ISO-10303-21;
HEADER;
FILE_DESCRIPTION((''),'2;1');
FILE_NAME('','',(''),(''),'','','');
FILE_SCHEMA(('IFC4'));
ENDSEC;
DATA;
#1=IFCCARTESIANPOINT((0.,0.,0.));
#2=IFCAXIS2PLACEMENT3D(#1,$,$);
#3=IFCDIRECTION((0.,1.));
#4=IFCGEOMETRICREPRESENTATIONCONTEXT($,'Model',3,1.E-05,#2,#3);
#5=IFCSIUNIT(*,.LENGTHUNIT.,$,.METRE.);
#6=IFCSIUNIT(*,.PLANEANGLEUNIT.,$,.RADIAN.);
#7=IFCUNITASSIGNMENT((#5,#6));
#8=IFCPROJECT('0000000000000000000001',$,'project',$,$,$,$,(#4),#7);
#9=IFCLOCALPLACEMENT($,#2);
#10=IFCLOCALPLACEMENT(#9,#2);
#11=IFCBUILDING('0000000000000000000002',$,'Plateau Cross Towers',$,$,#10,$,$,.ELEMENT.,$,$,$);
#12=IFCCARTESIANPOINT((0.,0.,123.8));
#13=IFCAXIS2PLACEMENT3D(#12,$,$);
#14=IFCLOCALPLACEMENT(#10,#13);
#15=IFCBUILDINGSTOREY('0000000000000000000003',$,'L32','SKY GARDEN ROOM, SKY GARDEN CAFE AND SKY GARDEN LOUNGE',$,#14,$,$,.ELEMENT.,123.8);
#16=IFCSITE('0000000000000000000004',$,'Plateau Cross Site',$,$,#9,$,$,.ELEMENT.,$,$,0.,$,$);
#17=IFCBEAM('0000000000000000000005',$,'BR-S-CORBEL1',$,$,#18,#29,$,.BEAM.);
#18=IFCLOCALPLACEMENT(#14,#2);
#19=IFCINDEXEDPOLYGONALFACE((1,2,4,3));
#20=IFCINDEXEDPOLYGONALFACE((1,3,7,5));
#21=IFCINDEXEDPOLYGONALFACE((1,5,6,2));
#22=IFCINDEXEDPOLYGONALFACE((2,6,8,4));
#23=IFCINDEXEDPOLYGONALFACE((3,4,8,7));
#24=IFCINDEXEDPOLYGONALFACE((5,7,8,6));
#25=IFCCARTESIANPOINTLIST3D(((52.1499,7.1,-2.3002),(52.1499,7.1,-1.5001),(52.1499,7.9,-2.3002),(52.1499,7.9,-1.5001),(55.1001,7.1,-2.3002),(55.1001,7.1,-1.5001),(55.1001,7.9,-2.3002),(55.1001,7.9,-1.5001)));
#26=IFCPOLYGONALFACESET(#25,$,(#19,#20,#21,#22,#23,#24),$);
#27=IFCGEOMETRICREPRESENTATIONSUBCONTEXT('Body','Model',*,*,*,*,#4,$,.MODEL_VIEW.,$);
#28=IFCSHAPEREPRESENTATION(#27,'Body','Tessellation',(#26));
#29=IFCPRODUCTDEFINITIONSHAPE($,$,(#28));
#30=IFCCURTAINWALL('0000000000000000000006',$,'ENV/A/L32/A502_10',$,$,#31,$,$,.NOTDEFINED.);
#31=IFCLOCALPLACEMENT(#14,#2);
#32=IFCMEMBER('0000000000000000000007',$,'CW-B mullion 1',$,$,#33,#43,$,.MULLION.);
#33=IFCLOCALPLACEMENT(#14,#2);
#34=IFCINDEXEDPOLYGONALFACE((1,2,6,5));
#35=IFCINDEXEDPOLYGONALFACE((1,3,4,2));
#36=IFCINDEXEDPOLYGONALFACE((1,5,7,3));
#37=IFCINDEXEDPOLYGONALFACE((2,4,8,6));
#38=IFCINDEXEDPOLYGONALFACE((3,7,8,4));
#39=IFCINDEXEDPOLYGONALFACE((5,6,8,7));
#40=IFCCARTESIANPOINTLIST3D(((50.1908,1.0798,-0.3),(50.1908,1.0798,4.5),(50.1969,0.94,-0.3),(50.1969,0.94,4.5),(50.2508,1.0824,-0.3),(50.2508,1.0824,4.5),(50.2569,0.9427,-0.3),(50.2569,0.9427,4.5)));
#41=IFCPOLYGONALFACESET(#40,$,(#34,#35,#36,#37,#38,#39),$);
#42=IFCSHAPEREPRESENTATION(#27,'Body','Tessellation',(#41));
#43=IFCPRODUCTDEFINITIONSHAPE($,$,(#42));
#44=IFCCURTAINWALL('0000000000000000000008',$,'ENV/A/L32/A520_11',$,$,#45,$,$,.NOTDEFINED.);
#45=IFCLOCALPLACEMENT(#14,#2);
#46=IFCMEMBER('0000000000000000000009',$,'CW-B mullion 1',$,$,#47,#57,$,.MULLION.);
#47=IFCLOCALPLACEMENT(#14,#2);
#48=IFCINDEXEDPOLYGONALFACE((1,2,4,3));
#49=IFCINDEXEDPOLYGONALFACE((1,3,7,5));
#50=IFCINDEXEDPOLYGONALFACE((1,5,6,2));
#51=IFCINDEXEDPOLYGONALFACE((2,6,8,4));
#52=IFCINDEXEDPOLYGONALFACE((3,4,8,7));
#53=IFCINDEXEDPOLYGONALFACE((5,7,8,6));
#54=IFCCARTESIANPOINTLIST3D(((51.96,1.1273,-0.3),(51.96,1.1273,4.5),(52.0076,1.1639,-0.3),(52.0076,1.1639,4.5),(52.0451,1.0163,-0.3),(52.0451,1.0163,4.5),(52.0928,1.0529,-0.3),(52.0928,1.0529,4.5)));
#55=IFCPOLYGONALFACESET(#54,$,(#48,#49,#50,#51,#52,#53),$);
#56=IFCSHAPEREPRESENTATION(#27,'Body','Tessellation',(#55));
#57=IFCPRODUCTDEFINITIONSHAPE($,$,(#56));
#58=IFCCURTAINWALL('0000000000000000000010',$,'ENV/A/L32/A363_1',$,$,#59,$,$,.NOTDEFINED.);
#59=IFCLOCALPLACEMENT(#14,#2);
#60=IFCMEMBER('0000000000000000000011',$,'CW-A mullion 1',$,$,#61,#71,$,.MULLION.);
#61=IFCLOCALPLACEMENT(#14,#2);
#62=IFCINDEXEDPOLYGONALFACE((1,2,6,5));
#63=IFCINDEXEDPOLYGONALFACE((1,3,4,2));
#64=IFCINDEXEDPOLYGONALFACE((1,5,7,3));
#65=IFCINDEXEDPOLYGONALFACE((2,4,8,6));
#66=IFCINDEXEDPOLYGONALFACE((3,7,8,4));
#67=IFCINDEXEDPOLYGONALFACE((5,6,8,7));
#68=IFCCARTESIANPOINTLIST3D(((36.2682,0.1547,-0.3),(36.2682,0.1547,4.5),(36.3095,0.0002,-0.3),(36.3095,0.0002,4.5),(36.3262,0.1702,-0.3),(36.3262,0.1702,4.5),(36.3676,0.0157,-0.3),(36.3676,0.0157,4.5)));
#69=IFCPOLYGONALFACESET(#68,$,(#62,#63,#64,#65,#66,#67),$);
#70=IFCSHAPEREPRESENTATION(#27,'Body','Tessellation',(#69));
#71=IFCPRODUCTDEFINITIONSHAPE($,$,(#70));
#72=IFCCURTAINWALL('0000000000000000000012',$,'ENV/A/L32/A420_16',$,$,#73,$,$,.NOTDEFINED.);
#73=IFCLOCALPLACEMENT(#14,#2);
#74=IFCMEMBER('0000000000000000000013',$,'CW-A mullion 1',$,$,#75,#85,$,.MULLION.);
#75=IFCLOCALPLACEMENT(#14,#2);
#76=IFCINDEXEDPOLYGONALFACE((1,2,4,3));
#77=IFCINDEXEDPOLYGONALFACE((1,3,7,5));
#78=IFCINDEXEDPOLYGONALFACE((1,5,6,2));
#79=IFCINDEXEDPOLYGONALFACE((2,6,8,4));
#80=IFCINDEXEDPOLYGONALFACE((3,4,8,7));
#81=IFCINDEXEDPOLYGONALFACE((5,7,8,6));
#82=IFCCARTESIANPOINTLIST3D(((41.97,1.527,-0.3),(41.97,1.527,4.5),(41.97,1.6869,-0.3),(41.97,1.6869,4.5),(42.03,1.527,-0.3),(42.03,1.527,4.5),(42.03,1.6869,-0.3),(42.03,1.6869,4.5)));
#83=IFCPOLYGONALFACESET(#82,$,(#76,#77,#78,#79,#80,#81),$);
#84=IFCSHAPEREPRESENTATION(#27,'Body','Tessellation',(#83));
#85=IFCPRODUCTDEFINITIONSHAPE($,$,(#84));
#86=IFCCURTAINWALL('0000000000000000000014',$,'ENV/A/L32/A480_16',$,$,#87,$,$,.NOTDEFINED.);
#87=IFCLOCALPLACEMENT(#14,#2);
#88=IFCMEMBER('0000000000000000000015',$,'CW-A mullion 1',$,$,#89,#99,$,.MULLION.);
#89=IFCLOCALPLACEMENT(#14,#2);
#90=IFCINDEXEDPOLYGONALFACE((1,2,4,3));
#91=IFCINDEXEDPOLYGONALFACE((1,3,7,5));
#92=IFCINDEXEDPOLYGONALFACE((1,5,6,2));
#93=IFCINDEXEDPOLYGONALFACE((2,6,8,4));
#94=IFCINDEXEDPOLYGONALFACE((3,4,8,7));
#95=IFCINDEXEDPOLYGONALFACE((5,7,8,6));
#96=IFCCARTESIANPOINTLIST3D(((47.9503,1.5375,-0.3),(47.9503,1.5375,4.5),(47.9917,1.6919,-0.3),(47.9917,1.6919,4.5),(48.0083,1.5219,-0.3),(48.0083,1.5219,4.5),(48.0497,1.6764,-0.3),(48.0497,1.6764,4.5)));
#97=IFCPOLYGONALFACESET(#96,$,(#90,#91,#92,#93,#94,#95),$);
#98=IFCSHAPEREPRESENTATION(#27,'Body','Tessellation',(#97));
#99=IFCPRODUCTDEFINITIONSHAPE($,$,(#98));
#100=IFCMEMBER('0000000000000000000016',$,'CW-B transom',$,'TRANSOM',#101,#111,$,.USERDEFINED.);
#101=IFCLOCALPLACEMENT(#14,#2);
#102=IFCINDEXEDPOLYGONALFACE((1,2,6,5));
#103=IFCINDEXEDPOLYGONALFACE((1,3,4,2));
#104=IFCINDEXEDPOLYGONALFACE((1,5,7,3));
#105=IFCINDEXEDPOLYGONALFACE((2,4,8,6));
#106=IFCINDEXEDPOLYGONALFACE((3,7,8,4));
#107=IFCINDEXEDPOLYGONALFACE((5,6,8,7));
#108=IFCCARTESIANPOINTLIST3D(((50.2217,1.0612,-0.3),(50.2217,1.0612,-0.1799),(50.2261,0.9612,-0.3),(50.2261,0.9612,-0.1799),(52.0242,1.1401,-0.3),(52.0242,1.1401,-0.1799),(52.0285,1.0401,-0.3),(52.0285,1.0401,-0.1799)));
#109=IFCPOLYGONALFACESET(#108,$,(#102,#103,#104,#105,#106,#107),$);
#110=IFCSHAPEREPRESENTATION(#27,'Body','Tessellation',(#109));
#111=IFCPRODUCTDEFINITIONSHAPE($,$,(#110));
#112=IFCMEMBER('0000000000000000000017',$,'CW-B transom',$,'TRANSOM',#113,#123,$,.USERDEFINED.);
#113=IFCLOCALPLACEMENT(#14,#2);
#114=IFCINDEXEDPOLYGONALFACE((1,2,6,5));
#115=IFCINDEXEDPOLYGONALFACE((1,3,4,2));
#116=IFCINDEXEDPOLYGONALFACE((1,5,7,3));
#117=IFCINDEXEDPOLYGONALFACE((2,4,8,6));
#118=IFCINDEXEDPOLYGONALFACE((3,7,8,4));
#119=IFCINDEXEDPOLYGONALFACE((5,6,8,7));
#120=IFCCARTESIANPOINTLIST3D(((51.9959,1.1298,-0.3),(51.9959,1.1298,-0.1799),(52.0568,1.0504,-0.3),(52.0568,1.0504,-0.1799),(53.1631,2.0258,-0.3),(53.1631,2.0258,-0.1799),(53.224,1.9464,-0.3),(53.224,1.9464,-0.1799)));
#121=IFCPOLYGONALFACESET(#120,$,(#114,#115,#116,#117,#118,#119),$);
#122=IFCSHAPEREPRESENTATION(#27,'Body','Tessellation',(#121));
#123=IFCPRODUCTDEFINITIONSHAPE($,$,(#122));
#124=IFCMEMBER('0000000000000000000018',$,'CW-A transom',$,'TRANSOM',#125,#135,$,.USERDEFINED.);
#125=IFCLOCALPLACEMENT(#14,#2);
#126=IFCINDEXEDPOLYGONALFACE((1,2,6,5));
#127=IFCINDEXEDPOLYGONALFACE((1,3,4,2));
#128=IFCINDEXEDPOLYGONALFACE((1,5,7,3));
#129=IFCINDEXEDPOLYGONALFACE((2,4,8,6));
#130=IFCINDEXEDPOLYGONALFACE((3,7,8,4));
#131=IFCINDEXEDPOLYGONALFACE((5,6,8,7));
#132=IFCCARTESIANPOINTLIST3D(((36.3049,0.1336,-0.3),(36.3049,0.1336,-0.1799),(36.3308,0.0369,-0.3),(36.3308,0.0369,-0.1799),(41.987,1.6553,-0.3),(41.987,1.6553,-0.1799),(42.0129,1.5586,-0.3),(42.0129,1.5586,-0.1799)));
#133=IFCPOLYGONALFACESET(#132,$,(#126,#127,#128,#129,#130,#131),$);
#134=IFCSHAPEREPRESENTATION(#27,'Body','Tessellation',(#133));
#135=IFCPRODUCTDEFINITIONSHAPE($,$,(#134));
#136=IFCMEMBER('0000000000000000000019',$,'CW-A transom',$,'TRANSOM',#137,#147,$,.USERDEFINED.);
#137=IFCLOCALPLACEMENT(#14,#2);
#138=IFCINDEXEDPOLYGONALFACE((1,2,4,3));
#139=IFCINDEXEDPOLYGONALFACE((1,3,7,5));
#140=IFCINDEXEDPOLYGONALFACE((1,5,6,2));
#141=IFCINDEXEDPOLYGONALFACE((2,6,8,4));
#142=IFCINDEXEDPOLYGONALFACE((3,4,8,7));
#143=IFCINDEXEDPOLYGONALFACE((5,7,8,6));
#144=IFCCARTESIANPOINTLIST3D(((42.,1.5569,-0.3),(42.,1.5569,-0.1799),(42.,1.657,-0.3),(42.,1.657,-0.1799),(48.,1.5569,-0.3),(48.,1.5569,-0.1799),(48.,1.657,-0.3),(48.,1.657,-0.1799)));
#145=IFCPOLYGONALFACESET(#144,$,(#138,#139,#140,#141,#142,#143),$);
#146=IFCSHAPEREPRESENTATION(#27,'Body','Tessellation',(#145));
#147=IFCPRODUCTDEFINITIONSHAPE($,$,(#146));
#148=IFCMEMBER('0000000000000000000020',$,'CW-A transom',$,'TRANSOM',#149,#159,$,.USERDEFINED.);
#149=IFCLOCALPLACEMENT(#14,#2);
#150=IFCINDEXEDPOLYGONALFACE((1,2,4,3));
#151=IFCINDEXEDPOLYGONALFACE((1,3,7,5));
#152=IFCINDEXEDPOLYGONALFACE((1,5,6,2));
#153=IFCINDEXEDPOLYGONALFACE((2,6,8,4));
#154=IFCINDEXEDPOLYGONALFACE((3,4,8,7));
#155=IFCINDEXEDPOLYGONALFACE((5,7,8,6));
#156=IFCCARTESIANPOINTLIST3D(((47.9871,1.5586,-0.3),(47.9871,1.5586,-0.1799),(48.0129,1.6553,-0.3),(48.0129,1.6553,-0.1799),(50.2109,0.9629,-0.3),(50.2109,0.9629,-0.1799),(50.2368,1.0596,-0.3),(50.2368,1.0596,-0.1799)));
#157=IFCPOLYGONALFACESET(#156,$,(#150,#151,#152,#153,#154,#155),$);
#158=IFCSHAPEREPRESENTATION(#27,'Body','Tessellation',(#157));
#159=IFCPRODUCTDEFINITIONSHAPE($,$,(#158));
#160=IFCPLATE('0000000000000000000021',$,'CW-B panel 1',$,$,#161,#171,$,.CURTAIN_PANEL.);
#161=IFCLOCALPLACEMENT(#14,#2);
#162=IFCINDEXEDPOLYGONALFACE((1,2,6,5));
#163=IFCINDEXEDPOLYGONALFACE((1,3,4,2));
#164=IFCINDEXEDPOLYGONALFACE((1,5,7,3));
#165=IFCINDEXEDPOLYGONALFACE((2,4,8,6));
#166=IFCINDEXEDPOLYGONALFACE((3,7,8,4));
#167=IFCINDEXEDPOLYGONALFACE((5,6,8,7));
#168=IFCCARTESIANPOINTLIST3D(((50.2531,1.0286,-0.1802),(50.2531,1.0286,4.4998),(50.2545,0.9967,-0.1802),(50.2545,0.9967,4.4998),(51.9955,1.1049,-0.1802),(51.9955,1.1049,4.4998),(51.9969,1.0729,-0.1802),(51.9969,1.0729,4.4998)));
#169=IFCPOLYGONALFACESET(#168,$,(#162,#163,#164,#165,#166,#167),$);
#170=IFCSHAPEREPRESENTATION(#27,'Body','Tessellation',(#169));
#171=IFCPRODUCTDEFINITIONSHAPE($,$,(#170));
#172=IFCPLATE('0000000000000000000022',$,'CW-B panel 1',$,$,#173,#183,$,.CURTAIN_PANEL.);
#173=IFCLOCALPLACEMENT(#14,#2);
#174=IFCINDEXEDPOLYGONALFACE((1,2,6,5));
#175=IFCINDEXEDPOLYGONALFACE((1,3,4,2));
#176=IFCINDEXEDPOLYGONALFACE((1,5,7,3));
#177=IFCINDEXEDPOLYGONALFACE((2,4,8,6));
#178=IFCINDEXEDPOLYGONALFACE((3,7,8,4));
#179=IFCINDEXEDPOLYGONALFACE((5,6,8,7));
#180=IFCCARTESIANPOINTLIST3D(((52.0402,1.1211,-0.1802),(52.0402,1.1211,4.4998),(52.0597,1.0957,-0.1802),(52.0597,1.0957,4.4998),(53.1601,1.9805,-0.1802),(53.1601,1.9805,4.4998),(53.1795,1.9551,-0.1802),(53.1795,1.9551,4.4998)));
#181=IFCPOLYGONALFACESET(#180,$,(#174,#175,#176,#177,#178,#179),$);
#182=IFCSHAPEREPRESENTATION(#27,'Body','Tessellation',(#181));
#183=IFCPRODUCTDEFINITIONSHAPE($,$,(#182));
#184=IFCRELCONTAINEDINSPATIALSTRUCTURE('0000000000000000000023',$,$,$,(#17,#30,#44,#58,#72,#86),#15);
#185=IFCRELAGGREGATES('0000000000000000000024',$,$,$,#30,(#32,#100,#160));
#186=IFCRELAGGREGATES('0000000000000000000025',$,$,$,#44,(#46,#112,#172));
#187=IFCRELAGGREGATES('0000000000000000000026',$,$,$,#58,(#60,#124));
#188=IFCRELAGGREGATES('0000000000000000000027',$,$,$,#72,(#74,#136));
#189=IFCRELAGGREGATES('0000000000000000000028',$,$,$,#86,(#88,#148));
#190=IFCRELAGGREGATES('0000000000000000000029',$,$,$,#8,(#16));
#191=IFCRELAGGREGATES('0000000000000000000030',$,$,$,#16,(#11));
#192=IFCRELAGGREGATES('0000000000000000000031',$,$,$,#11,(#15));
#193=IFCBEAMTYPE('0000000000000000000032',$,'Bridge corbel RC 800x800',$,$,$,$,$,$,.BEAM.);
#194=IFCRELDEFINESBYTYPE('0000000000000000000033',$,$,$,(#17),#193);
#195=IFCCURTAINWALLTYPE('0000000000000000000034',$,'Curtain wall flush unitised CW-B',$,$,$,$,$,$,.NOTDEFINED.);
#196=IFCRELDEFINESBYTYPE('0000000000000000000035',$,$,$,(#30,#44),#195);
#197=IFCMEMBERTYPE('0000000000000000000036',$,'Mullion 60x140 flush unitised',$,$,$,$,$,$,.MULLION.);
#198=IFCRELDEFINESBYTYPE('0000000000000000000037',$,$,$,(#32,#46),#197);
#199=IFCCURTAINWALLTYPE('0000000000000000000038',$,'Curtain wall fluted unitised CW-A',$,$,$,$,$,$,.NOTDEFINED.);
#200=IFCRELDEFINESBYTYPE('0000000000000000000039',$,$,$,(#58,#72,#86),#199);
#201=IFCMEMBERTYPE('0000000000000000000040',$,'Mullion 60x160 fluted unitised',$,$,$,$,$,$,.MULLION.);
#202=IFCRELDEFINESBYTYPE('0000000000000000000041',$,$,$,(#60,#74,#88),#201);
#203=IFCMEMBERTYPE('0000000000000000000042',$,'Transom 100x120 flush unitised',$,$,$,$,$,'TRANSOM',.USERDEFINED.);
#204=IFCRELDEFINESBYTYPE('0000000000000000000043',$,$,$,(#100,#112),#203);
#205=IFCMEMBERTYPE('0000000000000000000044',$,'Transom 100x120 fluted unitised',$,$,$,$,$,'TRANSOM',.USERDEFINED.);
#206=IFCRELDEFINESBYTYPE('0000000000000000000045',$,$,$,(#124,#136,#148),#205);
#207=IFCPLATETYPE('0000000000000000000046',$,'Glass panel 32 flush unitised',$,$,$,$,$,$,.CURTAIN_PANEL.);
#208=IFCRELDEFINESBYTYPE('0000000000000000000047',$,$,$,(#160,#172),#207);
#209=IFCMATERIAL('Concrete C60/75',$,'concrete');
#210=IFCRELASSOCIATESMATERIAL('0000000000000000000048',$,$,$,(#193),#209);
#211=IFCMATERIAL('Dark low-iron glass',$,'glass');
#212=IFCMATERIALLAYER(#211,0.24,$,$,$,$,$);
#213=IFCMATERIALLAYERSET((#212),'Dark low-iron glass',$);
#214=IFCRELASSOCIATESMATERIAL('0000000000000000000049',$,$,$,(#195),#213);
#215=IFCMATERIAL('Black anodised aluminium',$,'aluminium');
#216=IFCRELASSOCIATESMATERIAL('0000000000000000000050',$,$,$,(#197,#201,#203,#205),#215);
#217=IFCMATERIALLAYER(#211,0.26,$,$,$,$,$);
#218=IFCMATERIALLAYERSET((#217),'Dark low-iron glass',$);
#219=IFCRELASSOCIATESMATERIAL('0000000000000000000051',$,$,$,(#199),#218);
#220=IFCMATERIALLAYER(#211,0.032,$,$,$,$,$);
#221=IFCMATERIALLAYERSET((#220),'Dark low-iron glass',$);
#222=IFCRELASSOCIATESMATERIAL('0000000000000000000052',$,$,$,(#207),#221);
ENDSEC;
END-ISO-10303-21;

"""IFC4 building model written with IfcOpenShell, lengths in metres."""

from ifc_helpers import new_model, si_unit, direction, frame, origin, origin_2d, place, context, subcontext, project, spatial, rectangle, extrude, material, layer, layer_set, material_profile, profile_set, type_object, element, aggregate, save


model = new_model("IFC4")

# Units and contexts
model_context = context("Model", 3, precision=1e-05, world=origin(), true_north=direction((0.0, 1.0)))
body_context = subcontext(model_context, "Body", "Model", "MODEL_VIEW")
ifc_project = project(units=[si_unit("LENGTHUNIT", "METRE"), si_unit("PLANEANGLEUNIT", "RADIAN")], contexts=[model_context])

# Site, building, storey
site_placement = place(None, origin())
site = spatial("IfcSite", under=ifc_project, at=site_placement, Name="Plateau Cross Site", CompositionType="ELEMENT", RefElevation=0.0)
building_placement = place(site_placement, origin())
building = spatial("IfcBuilding", under=site, at=building_placement, Name="Plateau Cross Towers", CompositionType="ELEMENT")
storey_placement = place(building_placement, frame((0.0, 0.0, 123.8)))
storey = spatial("IfcBuildingStorey", under=building, at=storey_placement, Name="L32", Description="SKY GARDEN ROOM, SKY GARDEN CAFE AND SKY GARDEN LOUNGE", CompositionType="ELEMENT", Elevation=123.8)

# Beam
ifc_material_1 = material(Name="Concrete C60/75", Category="concrete")
ifc_material_profile_1 = material_profile(ifc_material_1, rectangle(XDim=0.8, YDim=0.8, at=origin_2d()), Name="RC 800x800")
ifc_profile_set_1 = profile_set([ifc_material_profile_1], Name="Concrete C60/75")
beam_type = type_object("IfcBeamType", Name="Bridge corbel RC 800x800", PredefinedType="BEAM", material=ifc_profile_set_1)
beam_placement = place(storey_placement, frame((52.1499, 7.5, -1.9001), z_axis=(1.0, 0.0, 0.0), x_axis=(0.0, 1.0, 0.0)))
element("IfcBeam", 1, at=beam_placement, inside=storey, type_object=beam_type, Name="BR-S-CORBEL1", PredefinedType="BEAM", context=body_context, shape_type="SweptSolid", body=[
    extrude(rectangle(XDim=0.8, YDim=0.8, at=origin_2d()), origin(), (0.0, 0.0, 1.0), 2.9502),
])

# Curtain walls, members
ifc_material_2 = material(Name="Dark low-iron glass", Category="glass")
ifc_layer_1 = layer(ifc_material_2, 0.24)
ifc_layer_set_1 = layer_set([ifc_layer_1], Name="Dark low-iron glass")
curtain_wall_type_1 = type_object("IfcCurtainWallType", Name="Curtain wall flush unitised CW-B", PredefinedType="NOTDEFINED", material=ifc_layer_set_1)
curtain_wall_1_placement = place(storey_placement, origin())
curtain_wall_1 = element("IfcCurtainWall", 2, at=curtain_wall_1_placement, inside=storey, type_object=curtain_wall_type_1, Name="ENV/A/L32/A502_10", PredefinedType="NOTDEFINED")
ifc_material_3 = material(Name="Black anodised aluminium", Category="aluminium")
ifc_material_profile_2 = material_profile(ifc_material_3, rectangle(XDim=0.0601, YDim=0.1399, at=origin_2d()), Name="MULLION 60x140")
ifc_profile_set_2 = profile_set([ifc_material_profile_2], Name="Black anodised aluminium")
member_type_1 = type_object("IfcMemberType", Name="Mullion 60x140 flush unitised", PredefinedType="MULLION", material=ifc_profile_set_2)
member_1_placement = place(storey_placement, frame((50.2239, 1.0112, -0.3), z_axis=(0.0, 0.0, 1.0), x_axis=(0.999044, 0.043723, 0.0)))
member_1 = element("IfcMember", 3, at=member_1_placement, type_object=member_type_1, Name="CW-B mullion 1", PredefinedType="MULLION", context=body_context, shape_type="SweptSolid", body=[
    extrude(rectangle(XDim=0.0601, YDim=0.1399, at=origin_2d()), origin(), (0.0, 0.0, 1.0), 4.8),
])
curtain_wall_2_placement = place(storey_placement, origin())
curtain_wall_2 = element("IfcCurtainWall", 4, at=curtain_wall_2_placement, inside=storey, type_object=curtain_wall_type_1, Name="ENV/A/L32/A520_11", PredefinedType="NOTDEFINED")
member_2_placement = place(storey_placement, frame((52.0264, 1.0901, -0.3), z_axis=(0.0, 0.0, 1.0), x_axis=(0.793316, 0.608811, 0.0)))
member_2 = element("IfcMember", 5, at=member_2_placement, type_object=member_type_1, Name="CW-B mullion 1", PredefinedType="MULLION", context=body_context, shape_type="SweptSolid", body=[
    extrude(rectangle(XDim=0.0601, YDim=0.1399, at=origin_2d()), origin(), (0.0, 0.0, 1.0), 4.8),
])
ifc_layer_2 = layer(ifc_material_2, 0.26)
ifc_layer_set_2 = layer_set([ifc_layer_2], Name="Dark low-iron glass")
curtain_wall_type_2 = type_object("IfcCurtainWallType", Name="Curtain wall fluted unitised CW-A", PredefinedType="NOTDEFINED", material=ifc_layer_set_2)
curtain_wall_3_placement = place(storey_placement, origin())
curtain_wall_3 = element("IfcCurtainWall", 6, at=curtain_wall_3_placement, inside=storey, type_object=curtain_wall_type_2, Name="ENV/A/L32/A363_1", PredefinedType="NOTDEFINED")
ifc_material_profile_3 = material_profile(ifc_material_3, rectangle(XDim=0.0601, YDim=0.1599, at=origin_2d()), Name="MULLION 60x160")
ifc_profile_set_3 = profile_set([ifc_material_profile_3], Name="Black anodised aluminium")
member_type_2 = type_object("IfcMemberType", Name="Mullion 60x160 fluted unitised", PredefinedType="MULLION", material=ifc_profile_set_3)
member_3_placement = place(storey_placement, frame((36.3179, 0.0852, -0.3), z_axis=(0.0, 0.0, 1.0), x_axis=(0.965958, 0.258699, 0.0)))
member_3 = element("IfcMember", 7, at=member_3_placement, type_object=member_type_2, Name="CW-A mullion 1", PredefinedType="MULLION", context=body_context, shape_type="SweptSolid", body=[
    extrude(rectangle(XDim=0.0601, YDim=0.1599, at=origin_2d()), origin(), (0.0, 0.0, 1.0), 4.8),
])
curtain_wall_4_placement = place(storey_placement, origin())
curtain_wall_4 = element("IfcCurtainWall", 8, at=curtain_wall_4_placement, inside=storey, type_object=curtain_wall_type_2, Name="ENV/A/L32/A420_16", PredefinedType="NOTDEFINED")
member_4_placement = place(storey_placement, frame((42.0, 1.6069, -0.3), z_axis=(0.0, 0.0, 1.0), x_axis=(1.0, 0.0, 0.0)))
member_4 = element("IfcMember", 9, at=member_4_placement, type_object=member_type_2, Name="CW-A mullion 1", PredefinedType="MULLION", context=body_context, shape_type="SweptSolid", body=[
    extrude(rectangle(XDim=0.0601, YDim=0.1599, at=origin_2d()), origin(), (0.0, 0.0, 1.0), 4.8),
])
curtain_wall_5_placement = place(storey_placement, origin())
curtain_wall_5 = element("IfcCurtainWall", 10, at=curtain_wall_5_placement, inside=storey, type_object=curtain_wall_type_2, Name="ENV/A/L32/A480_16", PredefinedType="NOTDEFINED")
member_5_placement = place(storey_placement, frame((48.0, 1.6069, -0.3), z_axis=(0.0, 0.0, 1.0), x_axis=(0.965958, -0.258699, 0.0)))
member_5 = element("IfcMember", 11, at=member_5_placement, type_object=member_type_2, Name="CW-A mullion 1", PredefinedType="MULLION", context=body_context, shape_type="SweptSolid", body=[
    extrude(rectangle(XDim=0.0601, YDim=0.1599, at=origin_2d()), origin(), (0.0, 0.0, 1.0), 4.8),
])

# Members
ifc_material_profile_4 = material_profile(ifc_material_3, rectangle(XDim=0.1001, YDim=0.1201, at=origin_2d()), Name="TRANSOM 100x120")
ifc_profile_set_4 = profile_set([ifc_material_profile_4], Name="Black anodised aluminium")
member_type_3 = type_object("IfcMemberType", Name="Transom 100x120 flush unitised", ElementType="TRANSOM", PredefinedType="USERDEFINED", material=ifc_profile_set_4)
member_6_placement = place(storey_placement, frame((50.2239, 1.0112, -0.24), z_axis=(0.999044, 0.043707, 0.0), x_axis=(-0.043707, 0.999044, 0.0)))
member_6 = element("IfcMember", 12, at=member_6_placement, type_object=member_type_3, Name="CW-B transom", ObjectType="TRANSOM", PredefinedType="USERDEFINED", context=body_context, shape_type="SweptSolid", body=[
    extrude(rectangle(XDim=0.1001, YDim=0.1201, at=origin_2d()), origin(), (0.0, 0.0, 1.0), 1.8042),
])
member_7_placement = place(storey_placement, frame((52.0264, 1.0901, -0.24), z_axis=(0.79324, 0.608909, 0.0), x_axis=(-0.608909, 0.79324, 0.0)))
member_7 = element("IfcMember", 13, at=member_7_placement, type_object=member_type_3, Name="CW-B transom", ObjectType="TRANSOM", PredefinedType="USERDEFINED", context=body_context, shape_type="SweptSolid", body=[
    extrude(rectangle(XDim=0.1001, YDim=0.1201, at=origin_2d()), origin(), (0.0, 0.0, 1.0), 1.4714),
])
ifc_material_profile_5 = material_profile(ifc_material_3, rectangle(XDim=0.1001, YDim=0.1201, at=origin_2d()), Name="TRANSOM 100x120")
ifc_profile_set_5 = profile_set([ifc_material_profile_5], Name="Black anodised aluminium")
member_type_4 = type_object("IfcMemberType", Name="Transom 100x120 fluted unitised", ElementType="TRANSOM", PredefinedType="USERDEFINED", material=ifc_profile_set_5)
member_8_placement = place(storey_placement, frame((36.3179, 0.0852, -0.24), z_axis=(0.96596, 0.258693, 0.0), x_axis=(-0.258693, 0.96596, 0.0)))
member_8 = element("IfcMember", 14, at=member_8_placement, type_object=member_type_4, Name="CW-A transom", ObjectType="TRANSOM", PredefinedType="USERDEFINED", context=body_context, shape_type="SweptSolid", body=[
    extrude(rectangle(XDim=0.1001, YDim=0.1201, at=origin_2d()), origin(), (0.0, 0.0, 1.0), 5.8823),
])
member_9_placement = place(storey_placement, frame((42.0, 1.6069, -0.24), z_axis=(1.0, 0.0, 0.0), x_axis=(0.0, 1.0, 0.0)))
member_9 = element("IfcMember", 15, at=member_9_placement, type_object=member_type_4, Name="CW-A transom", ObjectType="TRANSOM", PredefinedType="USERDEFINED", context=body_context, shape_type="SweptSolid", body=[
    extrude(rectangle(XDim=0.1001, YDim=0.1201, at=origin_2d()), origin(), (0.0, 0.0, 1.0), 6.0),
])
member_10_placement = place(storey_placement, frame((48.0, 1.6069, -0.24), z_axis=(0.965946, -0.258745, 0.0), x_axis=(0.258745, 0.965946, 0.0)))
member_10 = element("IfcMember", 16, at=member_10_placement, type_object=member_type_4, Name="CW-A transom", ObjectType="TRANSOM", PredefinedType="USERDEFINED", context=body_context, shape_type="SweptSolid", body=[
    extrude(rectangle(XDim=0.1001, YDim=0.1201, at=origin_2d()), origin(), (0.0, 0.0, 1.0), 2.3022),
])

# Plates
ifc_layer_3 = layer(ifc_material_2, 0.032)
ifc_layer_set_3 = layer_set([ifc_layer_3], Name="Dark low-iron glass")
plate_type_1 = type_object("IfcPlateType", Name="Glass panel 32 flush unitised", PredefinedType="CURTAIN_PANEL", material=ifc_layer_set_3)
plate_1_placement = place(storey_placement, frame((51.125, 1.0508, -0.1802), z_axis=(0.0, 0.0, 1.0), x_axis=(0.999044, 0.043723, 0.0)))
plate_1 = element("IfcPlate", 17, at=plate_1_placement, type_object=plate_type_1, Name="CW-B panel 1", PredefinedType="CURTAIN_PANEL", context=body_context, shape_type="SweptSolid", body=[
    extrude(rectangle(XDim=1.7441, YDim=0.032, at=origin_2d()), origin(), (0.0, 0.0, 1.0), 4.6799),
])
aggregate(curtain_wall_1, [member_1, member_6, plate_1])
plate_2_placement = place(storey_placement, frame((52.6099, 1.5381, -0.1802), z_axis=(0.0, 0.0, 1.0), x_axis=(0.793316, 0.608811, 0.0)))
plate_2 = element("IfcPlate", 18, at=plate_2_placement, type_object=plate_type_1, Name="CW-B panel 1", PredefinedType="CURTAIN_PANEL", context=body_context, shape_type="SweptSolid", body=[
    extrude(rectangle(XDim=1.4116, YDim=0.032, at=origin_2d()), origin(), (0.0, 0.0, 1.0), 4.6799),
])
aggregate(curtain_wall_2, [member_2, member_7, plate_2])
aggregate(curtain_wall_3, [member_3, member_8])
aggregate(curtain_wall_4, [member_4, member_9])
aggregate(curtain_wall_5, [member_5, member_10])

save(model, "model.ifc")
